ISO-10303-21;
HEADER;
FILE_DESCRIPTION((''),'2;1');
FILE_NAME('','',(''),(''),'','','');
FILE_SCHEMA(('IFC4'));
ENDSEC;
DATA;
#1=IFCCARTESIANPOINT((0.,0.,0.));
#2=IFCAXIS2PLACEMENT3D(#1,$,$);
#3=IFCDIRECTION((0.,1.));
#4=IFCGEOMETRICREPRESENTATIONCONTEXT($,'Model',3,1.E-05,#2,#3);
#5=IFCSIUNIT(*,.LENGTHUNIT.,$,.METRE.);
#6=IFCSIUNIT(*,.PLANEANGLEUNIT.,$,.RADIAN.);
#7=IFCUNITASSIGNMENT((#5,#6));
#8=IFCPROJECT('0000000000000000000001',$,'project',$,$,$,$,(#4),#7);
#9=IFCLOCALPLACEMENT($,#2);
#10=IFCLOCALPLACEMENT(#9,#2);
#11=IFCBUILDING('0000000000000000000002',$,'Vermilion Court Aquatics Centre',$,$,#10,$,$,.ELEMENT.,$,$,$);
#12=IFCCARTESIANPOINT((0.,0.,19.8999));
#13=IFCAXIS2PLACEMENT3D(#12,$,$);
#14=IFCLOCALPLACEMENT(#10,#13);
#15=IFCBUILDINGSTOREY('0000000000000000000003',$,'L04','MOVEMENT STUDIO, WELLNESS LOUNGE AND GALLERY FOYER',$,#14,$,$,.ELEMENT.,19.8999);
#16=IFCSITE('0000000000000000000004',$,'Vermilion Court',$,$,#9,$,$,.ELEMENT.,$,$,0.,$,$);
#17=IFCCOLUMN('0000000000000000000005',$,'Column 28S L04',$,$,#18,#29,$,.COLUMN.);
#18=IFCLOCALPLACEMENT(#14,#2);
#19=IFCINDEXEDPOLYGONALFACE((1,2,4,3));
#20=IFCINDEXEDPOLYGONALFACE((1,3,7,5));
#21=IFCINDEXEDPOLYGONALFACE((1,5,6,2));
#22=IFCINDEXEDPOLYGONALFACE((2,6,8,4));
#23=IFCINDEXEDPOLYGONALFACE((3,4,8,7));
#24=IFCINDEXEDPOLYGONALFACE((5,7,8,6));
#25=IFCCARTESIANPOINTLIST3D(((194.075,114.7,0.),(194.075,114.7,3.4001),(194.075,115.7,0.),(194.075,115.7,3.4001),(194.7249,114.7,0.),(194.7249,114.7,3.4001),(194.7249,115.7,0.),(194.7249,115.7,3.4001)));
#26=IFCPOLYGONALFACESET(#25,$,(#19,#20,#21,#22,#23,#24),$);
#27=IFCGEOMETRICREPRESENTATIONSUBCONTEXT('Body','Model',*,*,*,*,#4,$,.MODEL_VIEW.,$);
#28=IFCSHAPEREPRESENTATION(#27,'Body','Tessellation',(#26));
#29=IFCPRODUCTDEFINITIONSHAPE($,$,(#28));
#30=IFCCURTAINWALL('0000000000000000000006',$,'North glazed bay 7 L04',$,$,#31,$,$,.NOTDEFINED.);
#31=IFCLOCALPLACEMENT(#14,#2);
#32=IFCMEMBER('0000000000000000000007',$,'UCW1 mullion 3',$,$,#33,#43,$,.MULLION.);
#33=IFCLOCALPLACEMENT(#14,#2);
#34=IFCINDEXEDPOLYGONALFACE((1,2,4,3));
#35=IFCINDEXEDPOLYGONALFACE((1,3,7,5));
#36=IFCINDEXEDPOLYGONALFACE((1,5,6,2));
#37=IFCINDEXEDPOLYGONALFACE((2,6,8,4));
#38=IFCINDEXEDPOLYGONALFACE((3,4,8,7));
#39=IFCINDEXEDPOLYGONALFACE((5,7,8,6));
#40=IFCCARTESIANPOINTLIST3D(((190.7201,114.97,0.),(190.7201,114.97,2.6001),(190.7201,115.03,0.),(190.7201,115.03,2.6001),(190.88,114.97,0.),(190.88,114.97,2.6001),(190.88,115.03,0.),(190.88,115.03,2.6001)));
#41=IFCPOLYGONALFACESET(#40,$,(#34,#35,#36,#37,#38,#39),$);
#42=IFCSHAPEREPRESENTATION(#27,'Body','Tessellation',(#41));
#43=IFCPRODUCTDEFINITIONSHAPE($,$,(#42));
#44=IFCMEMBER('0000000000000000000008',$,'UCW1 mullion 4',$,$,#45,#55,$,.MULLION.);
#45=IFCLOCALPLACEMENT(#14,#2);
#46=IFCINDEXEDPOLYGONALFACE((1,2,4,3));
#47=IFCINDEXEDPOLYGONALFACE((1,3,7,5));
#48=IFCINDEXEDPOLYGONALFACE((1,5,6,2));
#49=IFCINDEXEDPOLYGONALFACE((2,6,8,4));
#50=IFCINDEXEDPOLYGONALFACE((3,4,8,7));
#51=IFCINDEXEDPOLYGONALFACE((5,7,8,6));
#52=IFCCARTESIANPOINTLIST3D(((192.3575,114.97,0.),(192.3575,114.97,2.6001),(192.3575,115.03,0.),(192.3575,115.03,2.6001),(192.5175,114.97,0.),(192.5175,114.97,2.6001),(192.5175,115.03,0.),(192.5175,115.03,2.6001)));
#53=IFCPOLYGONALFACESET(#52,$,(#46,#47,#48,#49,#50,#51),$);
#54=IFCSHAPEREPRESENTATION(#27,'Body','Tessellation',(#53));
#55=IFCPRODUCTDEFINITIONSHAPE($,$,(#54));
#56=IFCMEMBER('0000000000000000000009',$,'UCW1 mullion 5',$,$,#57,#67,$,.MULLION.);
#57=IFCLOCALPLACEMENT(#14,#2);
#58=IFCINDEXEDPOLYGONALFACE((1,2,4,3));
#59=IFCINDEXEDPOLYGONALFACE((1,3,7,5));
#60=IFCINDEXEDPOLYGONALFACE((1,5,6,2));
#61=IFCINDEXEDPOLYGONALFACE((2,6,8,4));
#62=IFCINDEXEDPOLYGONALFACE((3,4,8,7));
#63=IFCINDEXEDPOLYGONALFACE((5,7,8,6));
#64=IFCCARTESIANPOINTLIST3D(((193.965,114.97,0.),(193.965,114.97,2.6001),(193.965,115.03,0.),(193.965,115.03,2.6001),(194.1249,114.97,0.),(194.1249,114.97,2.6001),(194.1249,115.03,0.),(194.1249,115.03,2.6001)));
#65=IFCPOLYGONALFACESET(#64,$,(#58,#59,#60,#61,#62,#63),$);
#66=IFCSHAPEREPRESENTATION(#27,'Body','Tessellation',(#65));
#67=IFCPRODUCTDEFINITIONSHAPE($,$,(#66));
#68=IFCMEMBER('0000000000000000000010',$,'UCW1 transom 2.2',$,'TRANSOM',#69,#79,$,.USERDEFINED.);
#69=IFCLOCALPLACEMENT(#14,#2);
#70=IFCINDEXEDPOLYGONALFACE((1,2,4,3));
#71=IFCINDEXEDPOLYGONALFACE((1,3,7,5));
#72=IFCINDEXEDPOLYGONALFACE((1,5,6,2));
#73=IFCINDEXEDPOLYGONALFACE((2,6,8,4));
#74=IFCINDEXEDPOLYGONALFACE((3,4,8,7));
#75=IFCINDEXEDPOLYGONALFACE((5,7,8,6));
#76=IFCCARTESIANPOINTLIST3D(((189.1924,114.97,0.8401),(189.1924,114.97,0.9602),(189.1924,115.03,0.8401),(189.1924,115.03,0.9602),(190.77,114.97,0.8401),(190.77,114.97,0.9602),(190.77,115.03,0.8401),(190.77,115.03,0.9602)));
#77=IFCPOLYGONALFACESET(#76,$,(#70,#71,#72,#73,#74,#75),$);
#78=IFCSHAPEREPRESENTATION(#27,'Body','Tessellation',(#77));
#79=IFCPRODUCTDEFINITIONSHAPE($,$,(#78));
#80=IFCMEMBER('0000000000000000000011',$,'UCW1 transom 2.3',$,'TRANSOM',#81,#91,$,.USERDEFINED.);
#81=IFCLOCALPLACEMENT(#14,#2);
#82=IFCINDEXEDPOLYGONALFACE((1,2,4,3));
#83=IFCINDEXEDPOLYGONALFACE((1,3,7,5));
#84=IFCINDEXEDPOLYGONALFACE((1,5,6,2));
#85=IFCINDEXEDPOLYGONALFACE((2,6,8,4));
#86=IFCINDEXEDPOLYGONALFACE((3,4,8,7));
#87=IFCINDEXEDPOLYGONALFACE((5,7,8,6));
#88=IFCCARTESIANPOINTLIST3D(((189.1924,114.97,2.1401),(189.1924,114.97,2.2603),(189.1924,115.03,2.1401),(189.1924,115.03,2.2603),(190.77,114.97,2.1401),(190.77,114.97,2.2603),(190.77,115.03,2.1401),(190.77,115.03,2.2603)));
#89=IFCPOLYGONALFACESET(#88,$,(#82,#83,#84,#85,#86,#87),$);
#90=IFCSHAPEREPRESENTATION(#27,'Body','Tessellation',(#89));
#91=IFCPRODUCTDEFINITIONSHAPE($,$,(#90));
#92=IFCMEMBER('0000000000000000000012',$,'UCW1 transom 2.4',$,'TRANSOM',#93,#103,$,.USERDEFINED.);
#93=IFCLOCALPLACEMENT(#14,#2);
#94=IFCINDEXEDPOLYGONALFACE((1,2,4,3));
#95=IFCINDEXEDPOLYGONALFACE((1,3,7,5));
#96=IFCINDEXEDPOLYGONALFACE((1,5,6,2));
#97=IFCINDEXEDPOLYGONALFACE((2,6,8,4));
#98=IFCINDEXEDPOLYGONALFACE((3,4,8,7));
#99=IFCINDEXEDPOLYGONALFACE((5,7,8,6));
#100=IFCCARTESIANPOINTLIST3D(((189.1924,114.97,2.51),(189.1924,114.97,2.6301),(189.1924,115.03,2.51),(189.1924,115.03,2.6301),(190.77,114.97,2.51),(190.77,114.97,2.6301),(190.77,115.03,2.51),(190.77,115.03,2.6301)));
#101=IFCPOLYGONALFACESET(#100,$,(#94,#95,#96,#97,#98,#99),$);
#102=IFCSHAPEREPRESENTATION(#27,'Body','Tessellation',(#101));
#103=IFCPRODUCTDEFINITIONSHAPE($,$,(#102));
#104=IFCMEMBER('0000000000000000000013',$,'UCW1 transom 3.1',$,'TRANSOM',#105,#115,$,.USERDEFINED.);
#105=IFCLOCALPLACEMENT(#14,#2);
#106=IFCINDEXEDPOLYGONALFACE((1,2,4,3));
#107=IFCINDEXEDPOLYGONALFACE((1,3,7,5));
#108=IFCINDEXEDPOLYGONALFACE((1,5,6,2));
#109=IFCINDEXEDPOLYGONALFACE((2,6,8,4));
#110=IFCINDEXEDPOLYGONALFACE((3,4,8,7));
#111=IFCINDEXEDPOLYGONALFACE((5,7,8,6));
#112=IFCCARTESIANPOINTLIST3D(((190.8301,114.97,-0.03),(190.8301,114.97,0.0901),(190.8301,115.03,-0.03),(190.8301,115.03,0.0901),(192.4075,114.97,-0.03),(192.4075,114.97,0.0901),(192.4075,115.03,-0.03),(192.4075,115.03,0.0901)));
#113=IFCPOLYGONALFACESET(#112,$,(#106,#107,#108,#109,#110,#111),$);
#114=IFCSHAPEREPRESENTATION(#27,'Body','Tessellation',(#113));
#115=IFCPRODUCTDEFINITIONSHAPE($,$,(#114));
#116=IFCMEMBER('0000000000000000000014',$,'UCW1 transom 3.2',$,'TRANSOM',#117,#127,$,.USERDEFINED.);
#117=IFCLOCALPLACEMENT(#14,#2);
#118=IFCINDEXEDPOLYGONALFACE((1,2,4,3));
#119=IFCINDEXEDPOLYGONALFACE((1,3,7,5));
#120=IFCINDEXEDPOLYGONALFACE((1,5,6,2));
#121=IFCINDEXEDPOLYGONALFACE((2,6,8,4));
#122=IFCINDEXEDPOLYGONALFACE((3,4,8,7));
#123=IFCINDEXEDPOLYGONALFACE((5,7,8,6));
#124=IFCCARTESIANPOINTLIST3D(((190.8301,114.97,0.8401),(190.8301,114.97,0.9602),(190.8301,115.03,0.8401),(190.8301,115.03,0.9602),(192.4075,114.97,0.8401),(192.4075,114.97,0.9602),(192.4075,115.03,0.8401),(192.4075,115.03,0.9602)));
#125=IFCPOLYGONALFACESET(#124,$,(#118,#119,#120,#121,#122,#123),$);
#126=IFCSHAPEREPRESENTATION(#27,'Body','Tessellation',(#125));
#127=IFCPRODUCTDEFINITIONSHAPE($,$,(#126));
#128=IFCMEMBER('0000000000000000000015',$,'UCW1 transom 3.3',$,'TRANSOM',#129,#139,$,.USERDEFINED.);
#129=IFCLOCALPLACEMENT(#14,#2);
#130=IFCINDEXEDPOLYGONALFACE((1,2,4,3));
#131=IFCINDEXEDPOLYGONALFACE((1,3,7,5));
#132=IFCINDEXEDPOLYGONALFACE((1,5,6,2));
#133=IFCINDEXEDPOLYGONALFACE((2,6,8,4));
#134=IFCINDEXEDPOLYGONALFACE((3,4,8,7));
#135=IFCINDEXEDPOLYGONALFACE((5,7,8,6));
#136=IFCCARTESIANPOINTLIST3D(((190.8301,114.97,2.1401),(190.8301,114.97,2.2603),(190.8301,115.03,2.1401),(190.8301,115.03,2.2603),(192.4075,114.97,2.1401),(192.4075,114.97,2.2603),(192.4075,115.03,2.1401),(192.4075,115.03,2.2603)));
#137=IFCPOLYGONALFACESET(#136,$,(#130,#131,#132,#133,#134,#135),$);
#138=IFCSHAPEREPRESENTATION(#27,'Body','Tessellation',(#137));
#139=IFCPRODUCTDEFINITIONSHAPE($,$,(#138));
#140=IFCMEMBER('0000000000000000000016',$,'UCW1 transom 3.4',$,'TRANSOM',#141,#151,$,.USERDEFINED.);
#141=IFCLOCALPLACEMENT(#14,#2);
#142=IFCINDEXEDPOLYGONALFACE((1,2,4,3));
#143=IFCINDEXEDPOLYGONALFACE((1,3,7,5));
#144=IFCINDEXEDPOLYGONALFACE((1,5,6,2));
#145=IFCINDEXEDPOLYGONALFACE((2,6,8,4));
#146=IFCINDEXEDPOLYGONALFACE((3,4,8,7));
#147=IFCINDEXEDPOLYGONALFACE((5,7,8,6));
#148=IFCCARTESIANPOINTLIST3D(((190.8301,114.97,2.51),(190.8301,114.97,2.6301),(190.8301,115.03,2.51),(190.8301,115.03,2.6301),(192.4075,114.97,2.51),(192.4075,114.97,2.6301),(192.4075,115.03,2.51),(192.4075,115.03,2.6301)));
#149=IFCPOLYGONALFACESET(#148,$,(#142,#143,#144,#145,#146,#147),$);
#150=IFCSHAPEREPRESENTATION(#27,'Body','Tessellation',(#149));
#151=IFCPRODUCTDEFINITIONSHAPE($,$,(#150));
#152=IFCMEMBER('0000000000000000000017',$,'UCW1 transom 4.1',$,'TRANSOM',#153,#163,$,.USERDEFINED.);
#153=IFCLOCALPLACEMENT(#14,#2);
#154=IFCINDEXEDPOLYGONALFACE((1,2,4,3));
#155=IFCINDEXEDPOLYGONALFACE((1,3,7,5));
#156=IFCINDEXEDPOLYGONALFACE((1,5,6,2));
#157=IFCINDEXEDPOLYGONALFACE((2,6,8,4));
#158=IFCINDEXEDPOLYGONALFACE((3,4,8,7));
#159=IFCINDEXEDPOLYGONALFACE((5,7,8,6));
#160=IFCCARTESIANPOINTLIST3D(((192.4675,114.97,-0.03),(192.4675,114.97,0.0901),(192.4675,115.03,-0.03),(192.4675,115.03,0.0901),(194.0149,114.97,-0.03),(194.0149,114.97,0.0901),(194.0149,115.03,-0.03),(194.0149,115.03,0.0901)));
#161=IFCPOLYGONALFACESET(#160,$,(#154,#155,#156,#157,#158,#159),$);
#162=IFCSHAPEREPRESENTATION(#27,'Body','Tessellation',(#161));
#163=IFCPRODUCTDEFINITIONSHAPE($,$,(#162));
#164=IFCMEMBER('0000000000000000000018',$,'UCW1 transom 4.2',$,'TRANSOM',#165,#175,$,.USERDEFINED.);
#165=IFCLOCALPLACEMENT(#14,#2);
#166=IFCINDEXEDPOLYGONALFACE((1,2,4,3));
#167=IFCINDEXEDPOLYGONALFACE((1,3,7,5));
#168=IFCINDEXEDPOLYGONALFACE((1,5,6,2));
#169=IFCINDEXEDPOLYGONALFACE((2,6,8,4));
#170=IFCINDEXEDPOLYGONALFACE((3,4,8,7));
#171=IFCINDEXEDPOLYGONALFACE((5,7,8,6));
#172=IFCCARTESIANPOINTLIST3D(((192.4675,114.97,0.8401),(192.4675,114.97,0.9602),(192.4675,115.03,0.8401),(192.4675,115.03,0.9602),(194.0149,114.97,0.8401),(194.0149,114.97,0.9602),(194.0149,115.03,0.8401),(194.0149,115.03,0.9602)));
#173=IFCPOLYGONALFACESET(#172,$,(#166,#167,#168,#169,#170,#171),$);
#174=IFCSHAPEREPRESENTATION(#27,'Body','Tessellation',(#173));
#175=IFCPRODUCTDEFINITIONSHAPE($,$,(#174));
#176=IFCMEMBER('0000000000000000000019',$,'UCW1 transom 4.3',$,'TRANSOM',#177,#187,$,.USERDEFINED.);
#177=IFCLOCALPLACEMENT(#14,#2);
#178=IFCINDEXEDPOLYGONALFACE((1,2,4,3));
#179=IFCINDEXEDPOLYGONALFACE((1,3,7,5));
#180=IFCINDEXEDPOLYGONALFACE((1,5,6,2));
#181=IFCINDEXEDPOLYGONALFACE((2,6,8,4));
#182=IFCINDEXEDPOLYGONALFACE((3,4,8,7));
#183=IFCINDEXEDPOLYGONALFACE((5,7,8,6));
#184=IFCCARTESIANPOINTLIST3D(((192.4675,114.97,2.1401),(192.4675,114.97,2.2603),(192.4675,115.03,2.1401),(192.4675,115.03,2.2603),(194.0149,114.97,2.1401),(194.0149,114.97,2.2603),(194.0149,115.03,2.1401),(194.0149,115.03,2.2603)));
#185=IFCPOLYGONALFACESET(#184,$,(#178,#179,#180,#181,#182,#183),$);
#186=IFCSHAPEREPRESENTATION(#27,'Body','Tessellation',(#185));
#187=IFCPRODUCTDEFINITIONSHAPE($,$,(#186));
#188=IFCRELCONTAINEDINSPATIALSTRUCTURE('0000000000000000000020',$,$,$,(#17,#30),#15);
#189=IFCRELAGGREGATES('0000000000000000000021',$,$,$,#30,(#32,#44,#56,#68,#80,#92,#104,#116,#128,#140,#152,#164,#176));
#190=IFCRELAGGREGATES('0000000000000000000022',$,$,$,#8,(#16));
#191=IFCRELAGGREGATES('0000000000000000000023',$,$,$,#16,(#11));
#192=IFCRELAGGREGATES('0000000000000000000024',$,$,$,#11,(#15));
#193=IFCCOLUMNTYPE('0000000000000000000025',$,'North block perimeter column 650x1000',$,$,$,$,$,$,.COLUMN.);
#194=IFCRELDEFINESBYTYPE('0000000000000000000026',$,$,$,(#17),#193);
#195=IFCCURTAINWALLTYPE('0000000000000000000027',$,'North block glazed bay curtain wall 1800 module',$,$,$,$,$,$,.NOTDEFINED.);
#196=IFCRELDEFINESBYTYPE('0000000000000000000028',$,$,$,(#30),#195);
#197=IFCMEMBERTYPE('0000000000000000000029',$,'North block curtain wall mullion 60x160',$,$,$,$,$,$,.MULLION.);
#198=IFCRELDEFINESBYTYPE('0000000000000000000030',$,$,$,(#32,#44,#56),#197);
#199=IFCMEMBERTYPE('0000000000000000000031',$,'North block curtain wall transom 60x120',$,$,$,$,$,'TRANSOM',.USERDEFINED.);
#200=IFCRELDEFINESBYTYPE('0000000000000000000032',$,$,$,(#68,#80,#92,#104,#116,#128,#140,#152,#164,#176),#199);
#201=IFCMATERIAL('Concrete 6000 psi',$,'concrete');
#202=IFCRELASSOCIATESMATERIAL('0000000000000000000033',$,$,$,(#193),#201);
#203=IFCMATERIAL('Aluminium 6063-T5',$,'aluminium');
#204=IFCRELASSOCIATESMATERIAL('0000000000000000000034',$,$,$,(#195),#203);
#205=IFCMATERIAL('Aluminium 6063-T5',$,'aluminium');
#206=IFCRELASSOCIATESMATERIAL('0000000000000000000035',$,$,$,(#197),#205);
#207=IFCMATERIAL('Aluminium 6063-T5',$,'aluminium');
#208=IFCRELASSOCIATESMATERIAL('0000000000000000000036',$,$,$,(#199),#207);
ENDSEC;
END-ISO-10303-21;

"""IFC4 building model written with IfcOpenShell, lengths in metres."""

from ifc_helpers import new_model, si_unit, direction, frame, origin, origin_2d, place, context, subcontext, project, spatial, rectangle, extrude, material, material_profile, profile_set, type_object, element, aggregate, save


model = new_model("IFC4")

# Units and contexts
model_context = context("Model", 3, precision=1e-05, world=origin(), true_north=direction((0.0, 1.0)))
body_context = subcontext(model_context, "Body", "Model", "MODEL_VIEW")
ifc_project = project(units=[si_unit("LENGTHUNIT", "METRE"), si_unit("PLANEANGLEUNIT", "RADIAN")], contexts=[model_context])

# Site, building, storey
site_placement = place(None, origin())
site = spatial("IfcSite", under=ifc_project, at=site_placement, Name="Vermilion Court", CompositionType="ELEMENT", RefElevation=0.0)
building_placement = place(site_placement, origin())
building = spatial("IfcBuilding", under=site, at=building_placement, Name="Vermilion Court Aquatics Centre", CompositionType="ELEMENT")
storey_placement = place(building_placement, frame((0.0, 0.0, 19.8999)))
storey = spatial("IfcBuildingStorey", under=building, at=storey_placement, Name="L04", Description="MOVEMENT STUDIO, WELLNESS LOUNGE AND GALLERY FOYER", CompositionType="ELEMENT", Elevation=19.8999)

# Column
ifc_material_1 = material(Name="Concrete 6000 psi", Category="concrete")
ifc_material_profile_1 = material_profile(ifc_material_1, rectangle(XDim=0.6499, YDim=1.0, at=origin_2d()), Name="RC 650x1000")
ifc_profile_set_1 = profile_set([ifc_material_profile_1], Name="Concrete 6000 psi")
column_type = type_object("IfcColumnType", Name="North block perimeter column 650x1000", PredefinedType="COLUMN", material=ifc_profile_set_1)
column_placement = place(storey_placement, frame((194.3999, 115.2, 0.0), z_axis=(0.0, 0.0, 1.0), x_axis=(1.0, 0.0, 0.0)))
element("IfcColumn", 1, at=column_placement, inside=storey, type_object=column_type, Name="Column 28S L04", PredefinedType="COLUMN", context=body_context, shape_type="SweptSolid", body=[
    extrude(rectangle(XDim=0.6499, YDim=1.0, at=origin_2d()), origin(), (0.0, 0.0, 1.0), 3.4001),
])

# Curtain wall, members
ifc_material_2 = material(Name="Aluminium 6063-T5", Category="aluminium")
curtain_wall_type = type_object("IfcCurtainWallType", Name="North block glazed bay curtain wall 1800 module", PredefinedType="NOTDEFINED", material=ifc_material_2)
curtain_wall_placement = place(storey_placement, origin())
curtain_wall = element("IfcCurtainWall", 2, at=curtain_wall_placement, inside=storey, type_object=curtain_wall_type, Name="North glazed bay 7 L04", PredefinedType="NOTDEFINED")
ifc_material_3 = material(Name="Aluminium 6063-T5", Category="aluminium")
ifc_material_profile_2 = material_profile(ifc_material_3, rectangle(XDim=0.0601, YDim=0.1599, at=origin_2d()), Name="AL 60x160")
ifc_profile_set_2 = profile_set([ifc_material_profile_2], Name="Aluminium 6063-T5")
member_type_1 = type_object("IfcMemberType", Name="North block curtain wall mullion 60x160", PredefinedType="MULLION", material=ifc_profile_set_2)
member_1_placement = place(storey_placement, frame((190.8, 115.0, 0.0), z_axis=(0.0, 0.0, 1.0), x_axis=(0.0, 1.0, 0.0)))
member_1 = element("IfcMember", 3, at=member_1_placement, type_object=member_type_1, Name="UCW1 mullion 3", PredefinedType="MULLION", context=body_context, shape_type="SweptSolid", body=[
    extrude(rectangle(XDim=0.0601, YDim=0.1599, at=origin_2d()), origin(), (0.0, 0.0, 1.0), 2.6001),
])
member_2_placement = place(storey_placement, frame((192.4375, 115.0, 0.0), z_axis=(0.0, 0.0, 1.0), x_axis=(0.0, 1.0, 0.0)))
member_2 = element("IfcMember", 4, at=member_2_placement, type_object=member_type_1, Name="UCW1 mullion 4", PredefinedType="MULLION", context=body_context, shape_type="SweptSolid", body=[
    extrude(rectangle(XDim=0.0601, YDim=0.1599, at=origin_2d()), origin(), (0.0, 0.0, 1.0), 2.6001),
])
member_3_placement = place(storey_placement, frame((194.0449, 115.0, 0.0), z_axis=(0.0, 0.0, 1.0), x_axis=(0.0, 1.0, 0.0)))
member_3 = element("IfcMember", 5, at=member_3_placement, type_object=member_type_1, Name="UCW1 mullion 5", PredefinedType="MULLION", context=body_context, shape_type="SweptSolid", body=[
    extrude(rectangle(XDim=0.0601, YDim=0.1599, at=origin_2d()), origin(), (0.0, 0.0, 1.0), 2.6001),
])
ifc_material_4 = material(Name="Aluminium 6063-T5", Category="aluminium")
ifc_material_profile_3 = material_profile(ifc_material_4, rectangle(XDim=0.0601, YDim=0.1201, at=origin_2d()), Name="AL 60x120")
ifc_profile_set_3 = profile_set([ifc_material_profile_3], Name="Aluminium 6063-T5")
member_type_2 = type_object("IfcMemberType", Name="North block curtain wall transom 60x120", ElementType="TRANSOM", PredefinedType="USERDEFINED", material=ifc_profile_set_3)
member_4_placement = place(storey_placement, frame((189.1924, 115.0, 0.9001), z_axis=(1.0, 0.0, 0.0), x_axis=(0.0, 1.0, 0.0)))
member_4 = element("IfcMember", 6, at=member_4_placement, type_object=member_type_2, Name="UCW1 transom 2.2", ObjectType="TRANSOM", PredefinedType="USERDEFINED", context=body_context, shape_type="SweptSolid", body=[
    extrude(rectangle(XDim=0.0601, YDim=0.1201, at=origin_2d()), origin(), (0.0, 0.0, 1.0), 1.5776),
])
member_5_placement = place(storey_placement, frame((189.1924, 115.0, 2.2002), z_axis=(1.0, 0.0, 0.0), x_axis=(0.0, 1.0, 0.0)))
member_5 = element("IfcMember", 7, at=member_5_placement, type_object=member_type_2, Name="UCW1 transom 2.3", ObjectType="TRANSOM", PredefinedType="USERDEFINED", context=body_context, shape_type="SweptSolid", body=[
    extrude(rectangle(XDim=0.0601, YDim=0.1201, at=origin_2d()), origin(), (0.0, 0.0, 1.0), 1.5776),
])
member_6_placement = place(storey_placement, frame((189.1924, 115.0, 2.5701), z_axis=(1.0, 0.0, 0.0), x_axis=(0.0, 1.0, 0.0)))
member_6 = element("IfcMember", 8, at=member_6_placement, type_object=member_type_2, Name="UCW1 transom 2.4", ObjectType="TRANSOM", PredefinedType="USERDEFINED", context=body_context, shape_type="SweptSolid", body=[
    extrude(rectangle(XDim=0.0601, YDim=0.1201, at=origin_2d()), origin(), (0.0, 0.0, 1.0), 1.5776),
])
member_7_placement = place(storey_placement, frame((190.8301, 115.0, 0.03), z_axis=(1.0, 0.0, 0.0), x_axis=(0.0, 1.0, 0.0)))
member_7 = element("IfcMember", 9, at=member_7_placement, type_object=member_type_2, Name="UCW1 transom 3.1", ObjectType="TRANSOM", PredefinedType="USERDEFINED", context=body_context, shape_type="SweptSolid", body=[
    extrude(rectangle(XDim=0.0601, YDim=0.1201, at=origin_2d()), origin(), (0.0, 0.0, 1.0), 1.5774),
])
member_8_placement = place(storey_placement, frame((190.8301, 115.0, 0.9001), z_axis=(1.0, 0.0, 0.0), x_axis=(0.0, 1.0, 0.0)))
member_8 = element("IfcMember", 10, at=member_8_placement, type_object=member_type_2, Name="UCW1 transom 3.2", ObjectType="TRANSOM", PredefinedType="USERDEFINED", context=body_context, shape_type="SweptSolid", body=[
    extrude(rectangle(XDim=0.0601, YDim=0.1201, at=origin_2d()), origin(), (0.0, 0.0, 1.0), 1.5774),
])
member_9_placement = place(storey_placement, frame((190.8301, 115.0, 2.2002), z_axis=(1.0, 0.0, 0.0), x_axis=(0.0, 1.0, 0.0)))
member_9 = element("IfcMember", 11, at=member_9_placement, type_object=member_type_2, Name="UCW1 transom 3.3", ObjectType="TRANSOM", PredefinedType="USERDEFINED", context=body_context, shape_type="SweptSolid", body=[
    extrude(rectangle(XDim=0.0601, YDim=0.1201, at=origin_2d()), origin(), (0.0, 0.0, 1.0), 1.5774),
])
member_10_placement = place(storey_placement, frame((190.8301, 115.0, 2.5701), z_axis=(1.0, 0.0, 0.0), x_axis=(0.0, 1.0, 0.0)))
member_10 = element("IfcMember", 12, at=member_10_placement, type_object=member_type_2, Name="UCW1 transom 3.4", ObjectType="TRANSOM", PredefinedType="USERDEFINED", context=body_context, shape_type="SweptSolid", body=[
    extrude(rectangle(XDim=0.0601, YDim=0.1201, at=origin_2d()), origin(), (0.0, 0.0, 1.0), 1.5774),
])
member_11_placement = place(storey_placement, frame((192.4675, 115.0, 0.03), z_axis=(1.0, 0.0, 0.0), x_axis=(0.0, 1.0, 0.0)))
member_11 = element("IfcMember", 13, at=member_11_placement, type_object=member_type_2, Name="UCW1 transom 4.1", ObjectType="TRANSOM", PredefinedType="USERDEFINED", context=body_context, shape_type="SweptSolid", body=[
    extrude(rectangle(XDim=0.0601, YDim=0.1201, at=origin_2d()), origin(), (0.0, 0.0, 1.0), 1.5474),
])
member_12_placement = place(storey_placement, frame((192.4675, 115.0, 0.9001), z_axis=(1.0, 0.0, 0.0), x_axis=(0.0, 1.0, 0.0)))
member_12 = element("IfcMember", 14, at=member_12_placement, type_object=member_type_2, Name="UCW1 transom 4.2", ObjectType="TRANSOM", PredefinedType="USERDEFINED", context=body_context, shape_type="SweptSolid", body=[
    extrude(rectangle(XDim=0.0601, YDim=0.1201, at=origin_2d()), origin(), (0.0, 0.0, 1.0), 1.5474),
])
member_13_placement = place(storey_placement, frame((192.4675, 115.0, 2.2002), z_axis=(1.0, 0.0, 0.0), x_axis=(0.0, 1.0, 0.0)))
member_13 = element("IfcMember", 15, at=member_13_placement, type_object=member_type_2, Name="UCW1 transom 4.3", ObjectType="TRANSOM", PredefinedType="USERDEFINED", context=body_context, shape_type="SweptSolid", body=[
    extrude(rectangle(XDim=0.0601, YDim=0.1201, at=origin_2d()), origin(), (0.0, 0.0, 1.0), 1.5474),
])
aggregate(curtain_wall, [member_1, member_2, member_3, member_4, member_5, member_6, member_7, member_8, member_9, member_10, member_11, member_12, member_13])

save(model, "model.ifc")
